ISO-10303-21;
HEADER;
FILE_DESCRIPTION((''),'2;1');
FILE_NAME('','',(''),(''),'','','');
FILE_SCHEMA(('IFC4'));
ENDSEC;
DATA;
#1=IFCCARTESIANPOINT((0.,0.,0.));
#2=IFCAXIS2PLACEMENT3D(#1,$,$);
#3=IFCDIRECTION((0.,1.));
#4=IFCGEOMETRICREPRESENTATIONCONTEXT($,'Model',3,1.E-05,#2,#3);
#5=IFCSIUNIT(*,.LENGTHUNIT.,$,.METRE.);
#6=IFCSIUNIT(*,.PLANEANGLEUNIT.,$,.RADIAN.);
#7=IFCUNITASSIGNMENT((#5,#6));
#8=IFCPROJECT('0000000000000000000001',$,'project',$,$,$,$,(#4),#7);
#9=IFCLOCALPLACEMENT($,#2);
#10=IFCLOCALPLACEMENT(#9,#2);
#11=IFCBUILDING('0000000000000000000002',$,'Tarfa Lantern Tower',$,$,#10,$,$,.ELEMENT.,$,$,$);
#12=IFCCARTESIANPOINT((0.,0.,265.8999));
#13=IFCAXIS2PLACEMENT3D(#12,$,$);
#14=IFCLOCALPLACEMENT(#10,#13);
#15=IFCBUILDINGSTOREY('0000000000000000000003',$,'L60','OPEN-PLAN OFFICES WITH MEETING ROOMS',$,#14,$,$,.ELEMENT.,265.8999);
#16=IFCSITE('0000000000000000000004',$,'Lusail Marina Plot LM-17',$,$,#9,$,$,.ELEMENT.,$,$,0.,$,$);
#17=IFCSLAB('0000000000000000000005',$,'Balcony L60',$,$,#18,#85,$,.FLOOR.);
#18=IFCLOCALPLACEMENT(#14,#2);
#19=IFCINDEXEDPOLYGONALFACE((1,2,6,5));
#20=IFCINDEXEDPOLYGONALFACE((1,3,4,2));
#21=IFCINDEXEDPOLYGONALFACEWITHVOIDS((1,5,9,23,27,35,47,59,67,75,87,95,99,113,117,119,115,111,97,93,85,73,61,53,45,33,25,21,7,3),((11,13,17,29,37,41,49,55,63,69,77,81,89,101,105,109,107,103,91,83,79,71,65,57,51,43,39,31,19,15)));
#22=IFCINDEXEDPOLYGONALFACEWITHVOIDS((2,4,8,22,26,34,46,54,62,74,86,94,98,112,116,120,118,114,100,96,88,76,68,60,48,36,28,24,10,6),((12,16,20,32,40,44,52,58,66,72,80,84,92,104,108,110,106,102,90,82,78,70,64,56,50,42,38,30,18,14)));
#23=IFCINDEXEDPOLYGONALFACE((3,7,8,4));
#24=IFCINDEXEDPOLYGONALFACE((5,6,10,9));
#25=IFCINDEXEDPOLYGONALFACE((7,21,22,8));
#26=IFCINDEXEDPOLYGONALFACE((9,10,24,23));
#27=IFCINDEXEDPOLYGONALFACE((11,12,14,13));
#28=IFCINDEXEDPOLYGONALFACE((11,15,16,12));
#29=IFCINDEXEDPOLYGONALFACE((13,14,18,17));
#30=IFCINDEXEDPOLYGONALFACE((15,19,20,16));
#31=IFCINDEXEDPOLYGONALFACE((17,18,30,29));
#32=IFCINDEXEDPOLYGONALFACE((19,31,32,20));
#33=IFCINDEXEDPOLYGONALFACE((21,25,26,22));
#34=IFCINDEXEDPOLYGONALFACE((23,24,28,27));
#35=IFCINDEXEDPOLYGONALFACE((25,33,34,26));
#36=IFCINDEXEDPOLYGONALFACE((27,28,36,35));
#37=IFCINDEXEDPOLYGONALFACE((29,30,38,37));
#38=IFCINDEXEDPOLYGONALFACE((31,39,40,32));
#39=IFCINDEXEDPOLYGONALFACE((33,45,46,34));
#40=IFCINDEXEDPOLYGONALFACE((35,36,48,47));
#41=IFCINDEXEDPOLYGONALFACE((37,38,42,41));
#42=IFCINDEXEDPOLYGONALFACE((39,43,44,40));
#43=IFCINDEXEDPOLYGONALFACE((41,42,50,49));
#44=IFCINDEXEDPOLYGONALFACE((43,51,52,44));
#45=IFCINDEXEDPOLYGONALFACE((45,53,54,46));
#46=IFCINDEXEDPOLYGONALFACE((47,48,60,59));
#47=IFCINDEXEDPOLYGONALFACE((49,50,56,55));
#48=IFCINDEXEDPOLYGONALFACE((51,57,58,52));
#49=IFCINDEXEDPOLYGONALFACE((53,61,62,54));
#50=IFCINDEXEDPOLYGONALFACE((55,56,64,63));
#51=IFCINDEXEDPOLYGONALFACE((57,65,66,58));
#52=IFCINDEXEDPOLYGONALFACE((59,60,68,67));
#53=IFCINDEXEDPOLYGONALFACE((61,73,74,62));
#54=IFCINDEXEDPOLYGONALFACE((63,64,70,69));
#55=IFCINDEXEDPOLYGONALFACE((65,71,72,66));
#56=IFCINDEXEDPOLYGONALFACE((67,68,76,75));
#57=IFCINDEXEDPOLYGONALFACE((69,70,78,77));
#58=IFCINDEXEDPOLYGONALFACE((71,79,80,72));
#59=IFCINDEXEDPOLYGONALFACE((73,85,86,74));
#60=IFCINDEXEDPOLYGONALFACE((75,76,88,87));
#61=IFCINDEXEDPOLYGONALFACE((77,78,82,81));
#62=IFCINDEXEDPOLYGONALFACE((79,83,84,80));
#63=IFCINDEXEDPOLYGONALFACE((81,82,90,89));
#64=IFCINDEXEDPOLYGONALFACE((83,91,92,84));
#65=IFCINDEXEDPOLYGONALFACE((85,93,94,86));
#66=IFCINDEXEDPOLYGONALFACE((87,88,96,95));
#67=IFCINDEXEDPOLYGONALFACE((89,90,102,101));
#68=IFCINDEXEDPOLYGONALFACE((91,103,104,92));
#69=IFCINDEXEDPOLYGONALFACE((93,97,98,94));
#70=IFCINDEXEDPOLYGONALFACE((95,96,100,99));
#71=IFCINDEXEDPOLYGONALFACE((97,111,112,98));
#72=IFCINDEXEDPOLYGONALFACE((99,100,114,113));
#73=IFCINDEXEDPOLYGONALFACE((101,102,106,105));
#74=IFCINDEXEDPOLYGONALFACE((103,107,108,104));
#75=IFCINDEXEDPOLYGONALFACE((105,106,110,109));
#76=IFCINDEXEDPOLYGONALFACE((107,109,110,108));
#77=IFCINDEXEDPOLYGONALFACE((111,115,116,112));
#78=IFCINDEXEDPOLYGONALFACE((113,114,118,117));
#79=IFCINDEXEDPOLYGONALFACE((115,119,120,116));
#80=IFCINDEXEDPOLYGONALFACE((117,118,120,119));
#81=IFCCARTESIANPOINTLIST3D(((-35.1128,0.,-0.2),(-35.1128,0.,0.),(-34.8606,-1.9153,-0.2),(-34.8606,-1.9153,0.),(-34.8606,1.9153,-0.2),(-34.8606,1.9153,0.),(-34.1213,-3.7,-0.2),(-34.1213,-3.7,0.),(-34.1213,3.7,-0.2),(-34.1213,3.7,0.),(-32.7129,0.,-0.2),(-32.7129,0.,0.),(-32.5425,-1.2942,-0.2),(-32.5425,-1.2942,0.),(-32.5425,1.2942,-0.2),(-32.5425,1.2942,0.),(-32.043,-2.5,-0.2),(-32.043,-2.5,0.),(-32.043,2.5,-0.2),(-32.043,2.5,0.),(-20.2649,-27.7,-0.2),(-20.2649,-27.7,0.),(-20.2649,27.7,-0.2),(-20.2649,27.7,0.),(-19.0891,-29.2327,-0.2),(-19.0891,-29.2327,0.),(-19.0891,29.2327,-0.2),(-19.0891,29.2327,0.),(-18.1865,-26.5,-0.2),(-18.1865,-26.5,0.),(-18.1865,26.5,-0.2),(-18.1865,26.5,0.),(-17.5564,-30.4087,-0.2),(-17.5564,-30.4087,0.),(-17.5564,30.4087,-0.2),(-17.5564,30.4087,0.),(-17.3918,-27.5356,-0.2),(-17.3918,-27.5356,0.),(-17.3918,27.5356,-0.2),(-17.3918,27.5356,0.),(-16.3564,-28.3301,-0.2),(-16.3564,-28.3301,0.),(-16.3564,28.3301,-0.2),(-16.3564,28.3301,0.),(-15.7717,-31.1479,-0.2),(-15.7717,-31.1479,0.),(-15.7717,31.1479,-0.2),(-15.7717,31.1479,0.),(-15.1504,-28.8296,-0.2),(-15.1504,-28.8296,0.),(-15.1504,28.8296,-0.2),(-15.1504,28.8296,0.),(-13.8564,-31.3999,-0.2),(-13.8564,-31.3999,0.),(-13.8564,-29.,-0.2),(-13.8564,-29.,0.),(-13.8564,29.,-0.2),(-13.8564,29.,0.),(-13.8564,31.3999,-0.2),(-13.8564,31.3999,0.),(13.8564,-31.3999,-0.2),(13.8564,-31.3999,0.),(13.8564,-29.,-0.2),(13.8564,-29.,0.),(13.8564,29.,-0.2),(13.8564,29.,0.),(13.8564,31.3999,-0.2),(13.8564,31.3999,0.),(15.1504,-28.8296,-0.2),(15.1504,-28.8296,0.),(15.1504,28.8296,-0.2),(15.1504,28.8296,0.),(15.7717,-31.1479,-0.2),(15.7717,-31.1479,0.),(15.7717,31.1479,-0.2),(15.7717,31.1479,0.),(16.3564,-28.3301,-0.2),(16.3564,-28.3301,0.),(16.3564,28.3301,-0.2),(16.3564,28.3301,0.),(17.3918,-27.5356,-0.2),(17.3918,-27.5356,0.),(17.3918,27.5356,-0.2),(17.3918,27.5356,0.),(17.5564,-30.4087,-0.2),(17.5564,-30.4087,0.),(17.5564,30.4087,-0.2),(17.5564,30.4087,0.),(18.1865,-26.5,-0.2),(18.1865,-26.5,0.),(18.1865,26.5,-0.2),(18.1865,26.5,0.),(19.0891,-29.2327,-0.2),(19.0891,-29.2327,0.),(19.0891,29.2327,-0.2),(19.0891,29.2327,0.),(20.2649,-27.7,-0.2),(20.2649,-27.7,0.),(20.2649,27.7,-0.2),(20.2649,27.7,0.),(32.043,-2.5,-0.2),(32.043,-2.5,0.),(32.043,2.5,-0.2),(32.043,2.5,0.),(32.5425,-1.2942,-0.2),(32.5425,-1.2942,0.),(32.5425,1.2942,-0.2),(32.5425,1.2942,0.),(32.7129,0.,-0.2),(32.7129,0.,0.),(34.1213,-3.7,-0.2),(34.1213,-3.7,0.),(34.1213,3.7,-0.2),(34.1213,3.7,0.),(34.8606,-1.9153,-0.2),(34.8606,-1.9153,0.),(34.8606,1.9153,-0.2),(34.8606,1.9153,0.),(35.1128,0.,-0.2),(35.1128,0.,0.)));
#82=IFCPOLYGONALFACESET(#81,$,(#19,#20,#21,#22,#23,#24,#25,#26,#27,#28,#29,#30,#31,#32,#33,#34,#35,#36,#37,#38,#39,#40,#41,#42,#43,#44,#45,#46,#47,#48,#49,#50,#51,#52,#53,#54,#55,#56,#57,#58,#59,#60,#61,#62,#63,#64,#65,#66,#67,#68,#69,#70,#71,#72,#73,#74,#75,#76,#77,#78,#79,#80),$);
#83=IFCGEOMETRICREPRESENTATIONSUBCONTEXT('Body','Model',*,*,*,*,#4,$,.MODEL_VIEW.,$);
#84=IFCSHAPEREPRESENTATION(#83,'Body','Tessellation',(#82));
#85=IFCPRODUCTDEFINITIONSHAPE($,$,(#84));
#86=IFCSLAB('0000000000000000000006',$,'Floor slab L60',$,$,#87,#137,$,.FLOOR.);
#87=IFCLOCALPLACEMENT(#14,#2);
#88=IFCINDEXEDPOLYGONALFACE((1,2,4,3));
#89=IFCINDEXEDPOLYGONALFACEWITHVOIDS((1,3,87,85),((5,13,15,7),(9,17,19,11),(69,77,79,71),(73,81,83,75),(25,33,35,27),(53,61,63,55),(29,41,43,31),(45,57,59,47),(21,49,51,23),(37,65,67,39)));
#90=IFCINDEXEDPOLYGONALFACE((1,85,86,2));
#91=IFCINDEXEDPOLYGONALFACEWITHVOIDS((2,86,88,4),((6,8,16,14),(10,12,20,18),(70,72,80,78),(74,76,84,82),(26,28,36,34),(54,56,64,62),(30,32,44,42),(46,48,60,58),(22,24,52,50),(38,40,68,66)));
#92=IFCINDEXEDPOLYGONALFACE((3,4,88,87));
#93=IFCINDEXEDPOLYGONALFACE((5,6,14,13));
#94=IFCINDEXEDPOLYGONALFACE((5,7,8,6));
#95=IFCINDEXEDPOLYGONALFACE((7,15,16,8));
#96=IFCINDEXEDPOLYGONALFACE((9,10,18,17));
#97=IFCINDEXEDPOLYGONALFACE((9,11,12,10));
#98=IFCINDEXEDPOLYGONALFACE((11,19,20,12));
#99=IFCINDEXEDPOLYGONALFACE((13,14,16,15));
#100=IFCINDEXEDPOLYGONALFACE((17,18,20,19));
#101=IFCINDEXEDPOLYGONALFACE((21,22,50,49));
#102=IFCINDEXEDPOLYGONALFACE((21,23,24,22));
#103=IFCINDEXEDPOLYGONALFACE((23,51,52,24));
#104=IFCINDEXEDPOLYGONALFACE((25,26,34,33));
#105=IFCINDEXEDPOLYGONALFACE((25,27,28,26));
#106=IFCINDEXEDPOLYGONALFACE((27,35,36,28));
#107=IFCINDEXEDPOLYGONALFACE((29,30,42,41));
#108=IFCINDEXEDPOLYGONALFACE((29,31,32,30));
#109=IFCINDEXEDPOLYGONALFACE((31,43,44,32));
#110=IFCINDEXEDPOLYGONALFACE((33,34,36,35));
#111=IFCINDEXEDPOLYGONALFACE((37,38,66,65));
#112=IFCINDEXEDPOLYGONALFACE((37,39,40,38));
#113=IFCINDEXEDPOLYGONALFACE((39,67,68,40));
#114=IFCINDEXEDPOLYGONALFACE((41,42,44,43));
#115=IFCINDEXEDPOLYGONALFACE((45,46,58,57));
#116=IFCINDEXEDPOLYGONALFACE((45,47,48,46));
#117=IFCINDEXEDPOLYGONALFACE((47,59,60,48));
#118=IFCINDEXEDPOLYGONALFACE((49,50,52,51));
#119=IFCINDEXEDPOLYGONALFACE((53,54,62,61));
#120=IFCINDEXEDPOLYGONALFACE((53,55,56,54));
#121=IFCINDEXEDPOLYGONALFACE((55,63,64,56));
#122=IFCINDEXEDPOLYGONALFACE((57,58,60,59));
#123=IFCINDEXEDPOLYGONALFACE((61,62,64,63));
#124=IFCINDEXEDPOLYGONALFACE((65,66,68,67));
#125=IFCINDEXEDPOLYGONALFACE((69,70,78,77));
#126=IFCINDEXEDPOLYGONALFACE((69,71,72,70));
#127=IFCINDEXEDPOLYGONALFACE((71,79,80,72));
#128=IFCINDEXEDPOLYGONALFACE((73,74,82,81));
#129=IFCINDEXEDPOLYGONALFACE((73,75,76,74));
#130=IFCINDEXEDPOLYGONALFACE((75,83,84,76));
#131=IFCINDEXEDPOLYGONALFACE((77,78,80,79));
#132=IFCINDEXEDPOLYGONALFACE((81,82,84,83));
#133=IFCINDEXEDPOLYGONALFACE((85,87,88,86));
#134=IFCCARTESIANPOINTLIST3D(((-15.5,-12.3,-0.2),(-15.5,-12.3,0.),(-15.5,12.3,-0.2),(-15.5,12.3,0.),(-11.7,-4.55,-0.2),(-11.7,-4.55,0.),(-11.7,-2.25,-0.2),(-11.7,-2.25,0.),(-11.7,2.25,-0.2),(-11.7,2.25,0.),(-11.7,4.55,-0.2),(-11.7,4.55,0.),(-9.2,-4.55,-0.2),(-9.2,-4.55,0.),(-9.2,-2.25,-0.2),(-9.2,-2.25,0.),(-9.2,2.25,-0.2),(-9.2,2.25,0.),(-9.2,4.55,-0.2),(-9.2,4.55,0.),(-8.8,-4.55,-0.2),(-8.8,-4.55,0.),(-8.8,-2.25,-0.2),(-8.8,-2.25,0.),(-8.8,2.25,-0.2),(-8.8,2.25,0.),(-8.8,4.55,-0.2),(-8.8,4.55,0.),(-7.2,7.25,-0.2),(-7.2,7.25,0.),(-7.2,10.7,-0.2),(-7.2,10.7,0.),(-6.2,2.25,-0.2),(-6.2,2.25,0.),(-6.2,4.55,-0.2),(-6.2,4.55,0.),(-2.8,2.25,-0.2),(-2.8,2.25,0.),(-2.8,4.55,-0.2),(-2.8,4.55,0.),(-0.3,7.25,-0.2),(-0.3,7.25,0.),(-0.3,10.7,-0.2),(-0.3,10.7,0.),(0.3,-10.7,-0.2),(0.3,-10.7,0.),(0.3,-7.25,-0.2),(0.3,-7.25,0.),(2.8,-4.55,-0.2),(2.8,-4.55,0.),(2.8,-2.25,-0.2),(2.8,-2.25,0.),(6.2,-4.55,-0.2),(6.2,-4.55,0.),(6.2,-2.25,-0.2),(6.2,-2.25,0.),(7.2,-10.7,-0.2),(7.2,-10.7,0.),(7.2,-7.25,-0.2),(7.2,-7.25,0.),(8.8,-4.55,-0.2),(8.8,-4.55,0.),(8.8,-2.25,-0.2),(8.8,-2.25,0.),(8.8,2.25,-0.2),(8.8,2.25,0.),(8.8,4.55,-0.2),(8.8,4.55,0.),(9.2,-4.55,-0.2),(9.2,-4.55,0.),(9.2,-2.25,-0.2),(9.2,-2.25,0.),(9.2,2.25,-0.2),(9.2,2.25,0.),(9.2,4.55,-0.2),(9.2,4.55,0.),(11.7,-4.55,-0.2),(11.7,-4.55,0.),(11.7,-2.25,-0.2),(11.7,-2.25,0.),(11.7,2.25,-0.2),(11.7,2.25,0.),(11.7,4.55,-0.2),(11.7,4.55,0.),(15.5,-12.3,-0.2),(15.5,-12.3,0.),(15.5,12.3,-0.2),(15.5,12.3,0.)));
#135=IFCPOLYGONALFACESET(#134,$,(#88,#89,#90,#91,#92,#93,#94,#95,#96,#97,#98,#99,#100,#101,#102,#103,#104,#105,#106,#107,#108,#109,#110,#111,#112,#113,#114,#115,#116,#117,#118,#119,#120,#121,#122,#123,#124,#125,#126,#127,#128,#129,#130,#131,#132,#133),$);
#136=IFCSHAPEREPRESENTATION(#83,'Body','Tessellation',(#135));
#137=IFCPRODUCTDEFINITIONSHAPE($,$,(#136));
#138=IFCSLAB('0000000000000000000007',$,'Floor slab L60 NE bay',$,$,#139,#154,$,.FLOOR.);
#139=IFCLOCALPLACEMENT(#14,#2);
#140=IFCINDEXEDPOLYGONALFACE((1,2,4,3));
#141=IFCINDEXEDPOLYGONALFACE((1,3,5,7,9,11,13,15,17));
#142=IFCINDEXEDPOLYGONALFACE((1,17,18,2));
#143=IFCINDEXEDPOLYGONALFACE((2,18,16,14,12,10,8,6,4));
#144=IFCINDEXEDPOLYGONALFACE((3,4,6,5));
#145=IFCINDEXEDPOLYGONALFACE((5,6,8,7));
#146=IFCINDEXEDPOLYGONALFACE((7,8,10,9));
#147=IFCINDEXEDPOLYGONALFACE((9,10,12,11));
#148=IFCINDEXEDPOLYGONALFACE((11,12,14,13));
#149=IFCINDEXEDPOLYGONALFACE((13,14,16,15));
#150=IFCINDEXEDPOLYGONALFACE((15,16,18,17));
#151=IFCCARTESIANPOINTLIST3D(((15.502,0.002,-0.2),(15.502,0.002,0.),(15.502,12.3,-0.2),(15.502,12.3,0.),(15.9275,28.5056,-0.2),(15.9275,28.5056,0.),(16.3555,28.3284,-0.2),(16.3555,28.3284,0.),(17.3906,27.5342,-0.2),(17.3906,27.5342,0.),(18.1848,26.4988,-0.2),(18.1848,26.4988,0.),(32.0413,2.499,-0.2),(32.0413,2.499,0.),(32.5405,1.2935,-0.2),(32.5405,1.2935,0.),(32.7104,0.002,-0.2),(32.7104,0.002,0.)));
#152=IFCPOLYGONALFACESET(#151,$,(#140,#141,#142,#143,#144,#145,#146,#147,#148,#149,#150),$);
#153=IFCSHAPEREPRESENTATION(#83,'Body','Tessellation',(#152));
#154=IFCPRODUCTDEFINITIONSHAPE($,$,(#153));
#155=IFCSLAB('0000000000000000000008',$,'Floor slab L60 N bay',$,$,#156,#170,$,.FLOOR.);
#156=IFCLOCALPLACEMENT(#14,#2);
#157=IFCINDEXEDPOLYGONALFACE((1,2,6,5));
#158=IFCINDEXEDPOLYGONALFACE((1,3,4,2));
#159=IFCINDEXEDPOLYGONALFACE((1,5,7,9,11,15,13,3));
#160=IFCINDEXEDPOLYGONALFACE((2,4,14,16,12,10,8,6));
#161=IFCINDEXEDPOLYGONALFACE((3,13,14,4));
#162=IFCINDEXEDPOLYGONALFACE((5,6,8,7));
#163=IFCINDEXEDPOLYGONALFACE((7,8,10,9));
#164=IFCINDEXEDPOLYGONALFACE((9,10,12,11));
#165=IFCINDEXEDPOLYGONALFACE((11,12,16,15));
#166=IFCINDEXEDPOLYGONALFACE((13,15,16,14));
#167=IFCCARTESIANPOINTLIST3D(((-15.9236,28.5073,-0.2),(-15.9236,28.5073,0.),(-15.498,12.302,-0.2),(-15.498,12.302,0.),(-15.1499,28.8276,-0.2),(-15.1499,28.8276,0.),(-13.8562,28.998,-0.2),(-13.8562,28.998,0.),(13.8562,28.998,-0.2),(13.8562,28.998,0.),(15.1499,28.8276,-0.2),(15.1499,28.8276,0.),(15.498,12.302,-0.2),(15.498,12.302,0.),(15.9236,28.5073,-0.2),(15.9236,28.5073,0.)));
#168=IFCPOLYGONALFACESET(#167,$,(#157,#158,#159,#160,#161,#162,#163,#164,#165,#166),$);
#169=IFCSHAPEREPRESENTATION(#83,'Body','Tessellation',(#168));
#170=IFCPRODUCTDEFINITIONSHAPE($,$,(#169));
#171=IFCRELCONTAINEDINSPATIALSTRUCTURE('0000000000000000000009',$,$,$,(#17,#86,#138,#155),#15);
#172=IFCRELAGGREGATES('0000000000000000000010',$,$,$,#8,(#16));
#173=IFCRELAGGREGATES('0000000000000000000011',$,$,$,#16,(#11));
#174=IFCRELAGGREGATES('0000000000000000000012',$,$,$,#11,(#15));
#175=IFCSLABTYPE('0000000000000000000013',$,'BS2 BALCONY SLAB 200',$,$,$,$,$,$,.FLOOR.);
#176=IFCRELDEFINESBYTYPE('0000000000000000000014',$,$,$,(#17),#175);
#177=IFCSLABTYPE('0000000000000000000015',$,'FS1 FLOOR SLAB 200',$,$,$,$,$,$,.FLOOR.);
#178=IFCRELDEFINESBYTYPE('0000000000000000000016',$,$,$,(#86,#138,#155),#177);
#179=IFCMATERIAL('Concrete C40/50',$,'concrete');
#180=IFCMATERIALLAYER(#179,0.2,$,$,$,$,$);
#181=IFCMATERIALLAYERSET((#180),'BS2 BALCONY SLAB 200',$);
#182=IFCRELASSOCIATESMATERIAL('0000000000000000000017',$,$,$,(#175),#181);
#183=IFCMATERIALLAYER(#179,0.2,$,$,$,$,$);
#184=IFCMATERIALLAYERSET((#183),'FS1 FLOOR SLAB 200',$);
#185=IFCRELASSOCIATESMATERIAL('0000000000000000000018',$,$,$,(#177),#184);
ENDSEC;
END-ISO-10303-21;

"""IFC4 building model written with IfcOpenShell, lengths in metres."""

from ifc_helpers import new_model, si_unit, direction, frame, origin, place, context, subcontext, project, spatial, polyline, outline, extrude, material, layer, layer_set, type_object, element, save


model = new_model("IFC4")

# Units and contexts
model_context = context("Model", 3, precision=1e-05, world=origin(), true_north=direction((0.0, 1.0)))
body_context = subcontext(model_context, "Body", "Model", "MODEL_VIEW")
ifc_project = project(units=[si_unit("LENGTHUNIT", "METRE"), si_unit("PLANEANGLEUNIT", "RADIAN")], contexts=[model_context])

# Site, building, storey
site_placement = place(None, origin())
site = spatial("IfcSite", under=ifc_project, at=site_placement, Name="Lusail Marina Plot LM-17", CompositionType="ELEMENT", RefElevation=0.0)
building_placement = place(site_placement, origin())
building = spatial("IfcBuilding", under=site, at=building_placement, Name="Tarfa Lantern Tower", CompositionType="ELEMENT")
storey_placement = place(building_placement, frame((0.0, 0.0, 265.8999)))
storey = spatial("IfcBuildingStorey", under=building, at=storey_placement, Name="L60", Description="OPEN-PLAN OFFICES WITH MEETING ROOMS", CompositionType="ELEMENT", Elevation=265.8999)

# Slabs
ifc_material_1 = material(Name="Concrete C40/50", Category="concrete")
ifc_layer_1 = layer(ifc_material_1, 0.2)
ifc_layer_set_1 = layer_set([ifc_layer_1], Name="BS2 BALCONY SLAB 200")
slab_type_1 = type_object("IfcSlabType", Name="BS2 BALCONY SLAB 200", PredefinedType="FLOOR", material=ifc_layer_set_1)
slab_1_placement = place(storey_placement, frame((0.0, 0.0, -0.2)))
element("IfcSlab", 1, at=slab_1_placement, inside=storey, type_object=slab_type_1, Name="Balcony L60", PredefinedType="FLOOR", context=body_context, shape_type="SweptSolid", body=[
    extrude(outline(polyline([(34.1213, 3.7), (20.2649, 27.7), (19.0891, 29.2327), (17.5564, 30.4087), (15.7717, 31.1479), (13.8564, 31.3999), (-13.8564, 31.3999), (-15.7717, 31.1479), (-17.5564, 30.4087), (-19.0891, 29.2327), (-20.2649, 27.7), (-34.1213, 3.7), (-34.8606, 1.9153), (-35.1128, 0.0), (-34.8606, -1.9153), (-34.1213, -3.7), (-20.2649, -27.7), (-19.0891, -29.2327), (-17.5564, -30.4087), (-15.7717, -31.1479), (-13.8564, -31.3999), (13.8564, -31.3999), (15.7717, -31.1479), (17.5564, -30.4087), (19.0891, -29.2327), (20.2649, -27.7), (34.1213, -3.7), (34.8606, -1.9153), (35.1128, 0.0), (34.8606, 1.9153), (34.1213, 3.7)]), holes=[polyline([(32.043, 2.5), (18.1865, 26.5), (17.3918, 27.5356), (16.3564, 28.3301), (15.1504, 28.8296), (13.8564, 29.0), (-13.8564, 29.0), (-15.1504, 28.8296), (-16.3564, 28.3301), (-17.3918, 27.5356), (-18.1865, 26.5), (-32.043, 2.5), (-32.5425, 1.2942), (-32.7129, 0.0), (-32.5425, -1.2942), (-32.043, -2.5), (-18.1865, -26.5), (-17.3918, -27.5356), (-16.3564, -28.3301), (-15.1504, -28.8296), (-13.8564, -29.0), (13.8564, -29.0), (15.1504, -28.8296), (16.3564, -28.3301), (17.3918, -27.5356), (18.1865, -26.5), (32.043, -2.5), (32.5425, -1.2942), (32.7129, 0.0), (32.5425, 1.2942), (32.043, 2.5)])]), origin(), (0.0, 0.0, 1.0), 0.2),
])
ifc_layer_2 = layer(ifc_material_1, 0.2)
ifc_layer_set_2 = layer_set([ifc_layer_2], Name="FS1 FLOOR SLAB 200")
slab_type_2 = type_object("IfcSlabType", Name="FS1 FLOOR SLAB 200", PredefinedType="FLOOR", material=ifc_layer_set_2)
slab_2_placement = place(storey_placement, frame((0.0, 0.0, -0.2)))
element("IfcSlab", 2, at=slab_2_placement, inside=storey, type_object=slab_type_2, Name="Floor slab L60", PredefinedType="FLOOR", context=body_context, shape_type="SweptSolid", body=[
    extrude(outline(polyline([(-15.5, -12.3), (15.5, -12.3), (15.5, 12.3), (-15.5, 12.3), (-15.5, -12.3)]), holes=[polyline([(-11.7, 2.25), (-9.2, 2.25), (-9.2, 4.55), (-11.7, 4.55), (-11.7, 2.25)]), polyline([(-8.8, 2.25), (-6.2, 2.25), (-6.2, 4.55), (-8.8, 4.55), (-8.8, 2.25)]), polyline([(-2.8, 2.25), (8.8, 2.25), (8.8, 4.55), (-2.8, 4.55), (-2.8, 2.25)]), polyline([(9.2, 2.25), (11.7, 2.25), (11.7, 4.55), (9.2, 4.55), (9.2, 2.25)]), polyline([(11.7, -2.25), (9.2, -2.25), (9.2, -4.55), (11.7, -4.55), (11.7, -2.25)]), polyline([(8.8, -2.25), (6.2, -2.25), (6.2, -4.55), (8.8, -4.55), (8.8, -2.25)]), polyline([(2.8, -2.25), (-8.8, -2.25), (-8.8, -4.55), (2.8, -4.55), (2.8, -2.25)]), polyline([(-9.2, -2.25), (-11.7, -2.25), (-11.7, -4.55), (-9.2, -4.55), (-9.2, -2.25)]), polyline([(-7.2, 7.25), (-0.3, 7.25), (-0.3, 10.7), (-7.2, 10.7), (-7.2, 7.25)]), polyline([(7.2, -7.25), (0.3, -7.25), (0.3, -10.7), (7.2, -10.7), (7.2, -7.25)])]), origin(), (0.0, 0.0, 1.0), 0.2),
])
slab_3_placement = place(storey_placement, frame((0.0, 0.0, -0.2)))
element("IfcSlab", 3, at=slab_3_placement, inside=storey, type_object=slab_type_2, Name="Floor slab L60 NE bay", PredefinedType="FLOOR", context=body_context, shape_type="SweptSolid", body=[
    extrude(outline(polyline([(32.0413, 2.499), (18.1848, 26.4988), (17.3906, 27.5342), (16.3555, 28.3284), (15.9275, 28.5056), (15.502, 12.3), (15.502, 0.002), (32.7104, 0.002), (32.5405, 1.2935), (32.0413, 2.499)])), origin(), (0.0, 0.0, 1.0), 0.2),
])
slab_4_placement = place(storey_placement, frame((0.0, 0.0, -0.2)))
element("IfcSlab", 4, at=slab_4_placement, inside=storey, type_object=slab_type_2, Name="Floor slab L60 N bay", PredefinedType="FLOOR", context=body_context, shape_type="SweptSolid", body=[
    extrude(outline(polyline([(-15.498, 12.302), (15.498, 12.302), (15.9236, 28.5073), (15.1499, 28.8276), (13.8562, 28.998), (-13.8562, 28.998), (-15.1499, 28.8276), (-15.9236, 28.5073), (-15.498, 12.302)])), origin(), (0.0, 0.0, 1.0), 0.2),
])

save(model, "model.ifc")
